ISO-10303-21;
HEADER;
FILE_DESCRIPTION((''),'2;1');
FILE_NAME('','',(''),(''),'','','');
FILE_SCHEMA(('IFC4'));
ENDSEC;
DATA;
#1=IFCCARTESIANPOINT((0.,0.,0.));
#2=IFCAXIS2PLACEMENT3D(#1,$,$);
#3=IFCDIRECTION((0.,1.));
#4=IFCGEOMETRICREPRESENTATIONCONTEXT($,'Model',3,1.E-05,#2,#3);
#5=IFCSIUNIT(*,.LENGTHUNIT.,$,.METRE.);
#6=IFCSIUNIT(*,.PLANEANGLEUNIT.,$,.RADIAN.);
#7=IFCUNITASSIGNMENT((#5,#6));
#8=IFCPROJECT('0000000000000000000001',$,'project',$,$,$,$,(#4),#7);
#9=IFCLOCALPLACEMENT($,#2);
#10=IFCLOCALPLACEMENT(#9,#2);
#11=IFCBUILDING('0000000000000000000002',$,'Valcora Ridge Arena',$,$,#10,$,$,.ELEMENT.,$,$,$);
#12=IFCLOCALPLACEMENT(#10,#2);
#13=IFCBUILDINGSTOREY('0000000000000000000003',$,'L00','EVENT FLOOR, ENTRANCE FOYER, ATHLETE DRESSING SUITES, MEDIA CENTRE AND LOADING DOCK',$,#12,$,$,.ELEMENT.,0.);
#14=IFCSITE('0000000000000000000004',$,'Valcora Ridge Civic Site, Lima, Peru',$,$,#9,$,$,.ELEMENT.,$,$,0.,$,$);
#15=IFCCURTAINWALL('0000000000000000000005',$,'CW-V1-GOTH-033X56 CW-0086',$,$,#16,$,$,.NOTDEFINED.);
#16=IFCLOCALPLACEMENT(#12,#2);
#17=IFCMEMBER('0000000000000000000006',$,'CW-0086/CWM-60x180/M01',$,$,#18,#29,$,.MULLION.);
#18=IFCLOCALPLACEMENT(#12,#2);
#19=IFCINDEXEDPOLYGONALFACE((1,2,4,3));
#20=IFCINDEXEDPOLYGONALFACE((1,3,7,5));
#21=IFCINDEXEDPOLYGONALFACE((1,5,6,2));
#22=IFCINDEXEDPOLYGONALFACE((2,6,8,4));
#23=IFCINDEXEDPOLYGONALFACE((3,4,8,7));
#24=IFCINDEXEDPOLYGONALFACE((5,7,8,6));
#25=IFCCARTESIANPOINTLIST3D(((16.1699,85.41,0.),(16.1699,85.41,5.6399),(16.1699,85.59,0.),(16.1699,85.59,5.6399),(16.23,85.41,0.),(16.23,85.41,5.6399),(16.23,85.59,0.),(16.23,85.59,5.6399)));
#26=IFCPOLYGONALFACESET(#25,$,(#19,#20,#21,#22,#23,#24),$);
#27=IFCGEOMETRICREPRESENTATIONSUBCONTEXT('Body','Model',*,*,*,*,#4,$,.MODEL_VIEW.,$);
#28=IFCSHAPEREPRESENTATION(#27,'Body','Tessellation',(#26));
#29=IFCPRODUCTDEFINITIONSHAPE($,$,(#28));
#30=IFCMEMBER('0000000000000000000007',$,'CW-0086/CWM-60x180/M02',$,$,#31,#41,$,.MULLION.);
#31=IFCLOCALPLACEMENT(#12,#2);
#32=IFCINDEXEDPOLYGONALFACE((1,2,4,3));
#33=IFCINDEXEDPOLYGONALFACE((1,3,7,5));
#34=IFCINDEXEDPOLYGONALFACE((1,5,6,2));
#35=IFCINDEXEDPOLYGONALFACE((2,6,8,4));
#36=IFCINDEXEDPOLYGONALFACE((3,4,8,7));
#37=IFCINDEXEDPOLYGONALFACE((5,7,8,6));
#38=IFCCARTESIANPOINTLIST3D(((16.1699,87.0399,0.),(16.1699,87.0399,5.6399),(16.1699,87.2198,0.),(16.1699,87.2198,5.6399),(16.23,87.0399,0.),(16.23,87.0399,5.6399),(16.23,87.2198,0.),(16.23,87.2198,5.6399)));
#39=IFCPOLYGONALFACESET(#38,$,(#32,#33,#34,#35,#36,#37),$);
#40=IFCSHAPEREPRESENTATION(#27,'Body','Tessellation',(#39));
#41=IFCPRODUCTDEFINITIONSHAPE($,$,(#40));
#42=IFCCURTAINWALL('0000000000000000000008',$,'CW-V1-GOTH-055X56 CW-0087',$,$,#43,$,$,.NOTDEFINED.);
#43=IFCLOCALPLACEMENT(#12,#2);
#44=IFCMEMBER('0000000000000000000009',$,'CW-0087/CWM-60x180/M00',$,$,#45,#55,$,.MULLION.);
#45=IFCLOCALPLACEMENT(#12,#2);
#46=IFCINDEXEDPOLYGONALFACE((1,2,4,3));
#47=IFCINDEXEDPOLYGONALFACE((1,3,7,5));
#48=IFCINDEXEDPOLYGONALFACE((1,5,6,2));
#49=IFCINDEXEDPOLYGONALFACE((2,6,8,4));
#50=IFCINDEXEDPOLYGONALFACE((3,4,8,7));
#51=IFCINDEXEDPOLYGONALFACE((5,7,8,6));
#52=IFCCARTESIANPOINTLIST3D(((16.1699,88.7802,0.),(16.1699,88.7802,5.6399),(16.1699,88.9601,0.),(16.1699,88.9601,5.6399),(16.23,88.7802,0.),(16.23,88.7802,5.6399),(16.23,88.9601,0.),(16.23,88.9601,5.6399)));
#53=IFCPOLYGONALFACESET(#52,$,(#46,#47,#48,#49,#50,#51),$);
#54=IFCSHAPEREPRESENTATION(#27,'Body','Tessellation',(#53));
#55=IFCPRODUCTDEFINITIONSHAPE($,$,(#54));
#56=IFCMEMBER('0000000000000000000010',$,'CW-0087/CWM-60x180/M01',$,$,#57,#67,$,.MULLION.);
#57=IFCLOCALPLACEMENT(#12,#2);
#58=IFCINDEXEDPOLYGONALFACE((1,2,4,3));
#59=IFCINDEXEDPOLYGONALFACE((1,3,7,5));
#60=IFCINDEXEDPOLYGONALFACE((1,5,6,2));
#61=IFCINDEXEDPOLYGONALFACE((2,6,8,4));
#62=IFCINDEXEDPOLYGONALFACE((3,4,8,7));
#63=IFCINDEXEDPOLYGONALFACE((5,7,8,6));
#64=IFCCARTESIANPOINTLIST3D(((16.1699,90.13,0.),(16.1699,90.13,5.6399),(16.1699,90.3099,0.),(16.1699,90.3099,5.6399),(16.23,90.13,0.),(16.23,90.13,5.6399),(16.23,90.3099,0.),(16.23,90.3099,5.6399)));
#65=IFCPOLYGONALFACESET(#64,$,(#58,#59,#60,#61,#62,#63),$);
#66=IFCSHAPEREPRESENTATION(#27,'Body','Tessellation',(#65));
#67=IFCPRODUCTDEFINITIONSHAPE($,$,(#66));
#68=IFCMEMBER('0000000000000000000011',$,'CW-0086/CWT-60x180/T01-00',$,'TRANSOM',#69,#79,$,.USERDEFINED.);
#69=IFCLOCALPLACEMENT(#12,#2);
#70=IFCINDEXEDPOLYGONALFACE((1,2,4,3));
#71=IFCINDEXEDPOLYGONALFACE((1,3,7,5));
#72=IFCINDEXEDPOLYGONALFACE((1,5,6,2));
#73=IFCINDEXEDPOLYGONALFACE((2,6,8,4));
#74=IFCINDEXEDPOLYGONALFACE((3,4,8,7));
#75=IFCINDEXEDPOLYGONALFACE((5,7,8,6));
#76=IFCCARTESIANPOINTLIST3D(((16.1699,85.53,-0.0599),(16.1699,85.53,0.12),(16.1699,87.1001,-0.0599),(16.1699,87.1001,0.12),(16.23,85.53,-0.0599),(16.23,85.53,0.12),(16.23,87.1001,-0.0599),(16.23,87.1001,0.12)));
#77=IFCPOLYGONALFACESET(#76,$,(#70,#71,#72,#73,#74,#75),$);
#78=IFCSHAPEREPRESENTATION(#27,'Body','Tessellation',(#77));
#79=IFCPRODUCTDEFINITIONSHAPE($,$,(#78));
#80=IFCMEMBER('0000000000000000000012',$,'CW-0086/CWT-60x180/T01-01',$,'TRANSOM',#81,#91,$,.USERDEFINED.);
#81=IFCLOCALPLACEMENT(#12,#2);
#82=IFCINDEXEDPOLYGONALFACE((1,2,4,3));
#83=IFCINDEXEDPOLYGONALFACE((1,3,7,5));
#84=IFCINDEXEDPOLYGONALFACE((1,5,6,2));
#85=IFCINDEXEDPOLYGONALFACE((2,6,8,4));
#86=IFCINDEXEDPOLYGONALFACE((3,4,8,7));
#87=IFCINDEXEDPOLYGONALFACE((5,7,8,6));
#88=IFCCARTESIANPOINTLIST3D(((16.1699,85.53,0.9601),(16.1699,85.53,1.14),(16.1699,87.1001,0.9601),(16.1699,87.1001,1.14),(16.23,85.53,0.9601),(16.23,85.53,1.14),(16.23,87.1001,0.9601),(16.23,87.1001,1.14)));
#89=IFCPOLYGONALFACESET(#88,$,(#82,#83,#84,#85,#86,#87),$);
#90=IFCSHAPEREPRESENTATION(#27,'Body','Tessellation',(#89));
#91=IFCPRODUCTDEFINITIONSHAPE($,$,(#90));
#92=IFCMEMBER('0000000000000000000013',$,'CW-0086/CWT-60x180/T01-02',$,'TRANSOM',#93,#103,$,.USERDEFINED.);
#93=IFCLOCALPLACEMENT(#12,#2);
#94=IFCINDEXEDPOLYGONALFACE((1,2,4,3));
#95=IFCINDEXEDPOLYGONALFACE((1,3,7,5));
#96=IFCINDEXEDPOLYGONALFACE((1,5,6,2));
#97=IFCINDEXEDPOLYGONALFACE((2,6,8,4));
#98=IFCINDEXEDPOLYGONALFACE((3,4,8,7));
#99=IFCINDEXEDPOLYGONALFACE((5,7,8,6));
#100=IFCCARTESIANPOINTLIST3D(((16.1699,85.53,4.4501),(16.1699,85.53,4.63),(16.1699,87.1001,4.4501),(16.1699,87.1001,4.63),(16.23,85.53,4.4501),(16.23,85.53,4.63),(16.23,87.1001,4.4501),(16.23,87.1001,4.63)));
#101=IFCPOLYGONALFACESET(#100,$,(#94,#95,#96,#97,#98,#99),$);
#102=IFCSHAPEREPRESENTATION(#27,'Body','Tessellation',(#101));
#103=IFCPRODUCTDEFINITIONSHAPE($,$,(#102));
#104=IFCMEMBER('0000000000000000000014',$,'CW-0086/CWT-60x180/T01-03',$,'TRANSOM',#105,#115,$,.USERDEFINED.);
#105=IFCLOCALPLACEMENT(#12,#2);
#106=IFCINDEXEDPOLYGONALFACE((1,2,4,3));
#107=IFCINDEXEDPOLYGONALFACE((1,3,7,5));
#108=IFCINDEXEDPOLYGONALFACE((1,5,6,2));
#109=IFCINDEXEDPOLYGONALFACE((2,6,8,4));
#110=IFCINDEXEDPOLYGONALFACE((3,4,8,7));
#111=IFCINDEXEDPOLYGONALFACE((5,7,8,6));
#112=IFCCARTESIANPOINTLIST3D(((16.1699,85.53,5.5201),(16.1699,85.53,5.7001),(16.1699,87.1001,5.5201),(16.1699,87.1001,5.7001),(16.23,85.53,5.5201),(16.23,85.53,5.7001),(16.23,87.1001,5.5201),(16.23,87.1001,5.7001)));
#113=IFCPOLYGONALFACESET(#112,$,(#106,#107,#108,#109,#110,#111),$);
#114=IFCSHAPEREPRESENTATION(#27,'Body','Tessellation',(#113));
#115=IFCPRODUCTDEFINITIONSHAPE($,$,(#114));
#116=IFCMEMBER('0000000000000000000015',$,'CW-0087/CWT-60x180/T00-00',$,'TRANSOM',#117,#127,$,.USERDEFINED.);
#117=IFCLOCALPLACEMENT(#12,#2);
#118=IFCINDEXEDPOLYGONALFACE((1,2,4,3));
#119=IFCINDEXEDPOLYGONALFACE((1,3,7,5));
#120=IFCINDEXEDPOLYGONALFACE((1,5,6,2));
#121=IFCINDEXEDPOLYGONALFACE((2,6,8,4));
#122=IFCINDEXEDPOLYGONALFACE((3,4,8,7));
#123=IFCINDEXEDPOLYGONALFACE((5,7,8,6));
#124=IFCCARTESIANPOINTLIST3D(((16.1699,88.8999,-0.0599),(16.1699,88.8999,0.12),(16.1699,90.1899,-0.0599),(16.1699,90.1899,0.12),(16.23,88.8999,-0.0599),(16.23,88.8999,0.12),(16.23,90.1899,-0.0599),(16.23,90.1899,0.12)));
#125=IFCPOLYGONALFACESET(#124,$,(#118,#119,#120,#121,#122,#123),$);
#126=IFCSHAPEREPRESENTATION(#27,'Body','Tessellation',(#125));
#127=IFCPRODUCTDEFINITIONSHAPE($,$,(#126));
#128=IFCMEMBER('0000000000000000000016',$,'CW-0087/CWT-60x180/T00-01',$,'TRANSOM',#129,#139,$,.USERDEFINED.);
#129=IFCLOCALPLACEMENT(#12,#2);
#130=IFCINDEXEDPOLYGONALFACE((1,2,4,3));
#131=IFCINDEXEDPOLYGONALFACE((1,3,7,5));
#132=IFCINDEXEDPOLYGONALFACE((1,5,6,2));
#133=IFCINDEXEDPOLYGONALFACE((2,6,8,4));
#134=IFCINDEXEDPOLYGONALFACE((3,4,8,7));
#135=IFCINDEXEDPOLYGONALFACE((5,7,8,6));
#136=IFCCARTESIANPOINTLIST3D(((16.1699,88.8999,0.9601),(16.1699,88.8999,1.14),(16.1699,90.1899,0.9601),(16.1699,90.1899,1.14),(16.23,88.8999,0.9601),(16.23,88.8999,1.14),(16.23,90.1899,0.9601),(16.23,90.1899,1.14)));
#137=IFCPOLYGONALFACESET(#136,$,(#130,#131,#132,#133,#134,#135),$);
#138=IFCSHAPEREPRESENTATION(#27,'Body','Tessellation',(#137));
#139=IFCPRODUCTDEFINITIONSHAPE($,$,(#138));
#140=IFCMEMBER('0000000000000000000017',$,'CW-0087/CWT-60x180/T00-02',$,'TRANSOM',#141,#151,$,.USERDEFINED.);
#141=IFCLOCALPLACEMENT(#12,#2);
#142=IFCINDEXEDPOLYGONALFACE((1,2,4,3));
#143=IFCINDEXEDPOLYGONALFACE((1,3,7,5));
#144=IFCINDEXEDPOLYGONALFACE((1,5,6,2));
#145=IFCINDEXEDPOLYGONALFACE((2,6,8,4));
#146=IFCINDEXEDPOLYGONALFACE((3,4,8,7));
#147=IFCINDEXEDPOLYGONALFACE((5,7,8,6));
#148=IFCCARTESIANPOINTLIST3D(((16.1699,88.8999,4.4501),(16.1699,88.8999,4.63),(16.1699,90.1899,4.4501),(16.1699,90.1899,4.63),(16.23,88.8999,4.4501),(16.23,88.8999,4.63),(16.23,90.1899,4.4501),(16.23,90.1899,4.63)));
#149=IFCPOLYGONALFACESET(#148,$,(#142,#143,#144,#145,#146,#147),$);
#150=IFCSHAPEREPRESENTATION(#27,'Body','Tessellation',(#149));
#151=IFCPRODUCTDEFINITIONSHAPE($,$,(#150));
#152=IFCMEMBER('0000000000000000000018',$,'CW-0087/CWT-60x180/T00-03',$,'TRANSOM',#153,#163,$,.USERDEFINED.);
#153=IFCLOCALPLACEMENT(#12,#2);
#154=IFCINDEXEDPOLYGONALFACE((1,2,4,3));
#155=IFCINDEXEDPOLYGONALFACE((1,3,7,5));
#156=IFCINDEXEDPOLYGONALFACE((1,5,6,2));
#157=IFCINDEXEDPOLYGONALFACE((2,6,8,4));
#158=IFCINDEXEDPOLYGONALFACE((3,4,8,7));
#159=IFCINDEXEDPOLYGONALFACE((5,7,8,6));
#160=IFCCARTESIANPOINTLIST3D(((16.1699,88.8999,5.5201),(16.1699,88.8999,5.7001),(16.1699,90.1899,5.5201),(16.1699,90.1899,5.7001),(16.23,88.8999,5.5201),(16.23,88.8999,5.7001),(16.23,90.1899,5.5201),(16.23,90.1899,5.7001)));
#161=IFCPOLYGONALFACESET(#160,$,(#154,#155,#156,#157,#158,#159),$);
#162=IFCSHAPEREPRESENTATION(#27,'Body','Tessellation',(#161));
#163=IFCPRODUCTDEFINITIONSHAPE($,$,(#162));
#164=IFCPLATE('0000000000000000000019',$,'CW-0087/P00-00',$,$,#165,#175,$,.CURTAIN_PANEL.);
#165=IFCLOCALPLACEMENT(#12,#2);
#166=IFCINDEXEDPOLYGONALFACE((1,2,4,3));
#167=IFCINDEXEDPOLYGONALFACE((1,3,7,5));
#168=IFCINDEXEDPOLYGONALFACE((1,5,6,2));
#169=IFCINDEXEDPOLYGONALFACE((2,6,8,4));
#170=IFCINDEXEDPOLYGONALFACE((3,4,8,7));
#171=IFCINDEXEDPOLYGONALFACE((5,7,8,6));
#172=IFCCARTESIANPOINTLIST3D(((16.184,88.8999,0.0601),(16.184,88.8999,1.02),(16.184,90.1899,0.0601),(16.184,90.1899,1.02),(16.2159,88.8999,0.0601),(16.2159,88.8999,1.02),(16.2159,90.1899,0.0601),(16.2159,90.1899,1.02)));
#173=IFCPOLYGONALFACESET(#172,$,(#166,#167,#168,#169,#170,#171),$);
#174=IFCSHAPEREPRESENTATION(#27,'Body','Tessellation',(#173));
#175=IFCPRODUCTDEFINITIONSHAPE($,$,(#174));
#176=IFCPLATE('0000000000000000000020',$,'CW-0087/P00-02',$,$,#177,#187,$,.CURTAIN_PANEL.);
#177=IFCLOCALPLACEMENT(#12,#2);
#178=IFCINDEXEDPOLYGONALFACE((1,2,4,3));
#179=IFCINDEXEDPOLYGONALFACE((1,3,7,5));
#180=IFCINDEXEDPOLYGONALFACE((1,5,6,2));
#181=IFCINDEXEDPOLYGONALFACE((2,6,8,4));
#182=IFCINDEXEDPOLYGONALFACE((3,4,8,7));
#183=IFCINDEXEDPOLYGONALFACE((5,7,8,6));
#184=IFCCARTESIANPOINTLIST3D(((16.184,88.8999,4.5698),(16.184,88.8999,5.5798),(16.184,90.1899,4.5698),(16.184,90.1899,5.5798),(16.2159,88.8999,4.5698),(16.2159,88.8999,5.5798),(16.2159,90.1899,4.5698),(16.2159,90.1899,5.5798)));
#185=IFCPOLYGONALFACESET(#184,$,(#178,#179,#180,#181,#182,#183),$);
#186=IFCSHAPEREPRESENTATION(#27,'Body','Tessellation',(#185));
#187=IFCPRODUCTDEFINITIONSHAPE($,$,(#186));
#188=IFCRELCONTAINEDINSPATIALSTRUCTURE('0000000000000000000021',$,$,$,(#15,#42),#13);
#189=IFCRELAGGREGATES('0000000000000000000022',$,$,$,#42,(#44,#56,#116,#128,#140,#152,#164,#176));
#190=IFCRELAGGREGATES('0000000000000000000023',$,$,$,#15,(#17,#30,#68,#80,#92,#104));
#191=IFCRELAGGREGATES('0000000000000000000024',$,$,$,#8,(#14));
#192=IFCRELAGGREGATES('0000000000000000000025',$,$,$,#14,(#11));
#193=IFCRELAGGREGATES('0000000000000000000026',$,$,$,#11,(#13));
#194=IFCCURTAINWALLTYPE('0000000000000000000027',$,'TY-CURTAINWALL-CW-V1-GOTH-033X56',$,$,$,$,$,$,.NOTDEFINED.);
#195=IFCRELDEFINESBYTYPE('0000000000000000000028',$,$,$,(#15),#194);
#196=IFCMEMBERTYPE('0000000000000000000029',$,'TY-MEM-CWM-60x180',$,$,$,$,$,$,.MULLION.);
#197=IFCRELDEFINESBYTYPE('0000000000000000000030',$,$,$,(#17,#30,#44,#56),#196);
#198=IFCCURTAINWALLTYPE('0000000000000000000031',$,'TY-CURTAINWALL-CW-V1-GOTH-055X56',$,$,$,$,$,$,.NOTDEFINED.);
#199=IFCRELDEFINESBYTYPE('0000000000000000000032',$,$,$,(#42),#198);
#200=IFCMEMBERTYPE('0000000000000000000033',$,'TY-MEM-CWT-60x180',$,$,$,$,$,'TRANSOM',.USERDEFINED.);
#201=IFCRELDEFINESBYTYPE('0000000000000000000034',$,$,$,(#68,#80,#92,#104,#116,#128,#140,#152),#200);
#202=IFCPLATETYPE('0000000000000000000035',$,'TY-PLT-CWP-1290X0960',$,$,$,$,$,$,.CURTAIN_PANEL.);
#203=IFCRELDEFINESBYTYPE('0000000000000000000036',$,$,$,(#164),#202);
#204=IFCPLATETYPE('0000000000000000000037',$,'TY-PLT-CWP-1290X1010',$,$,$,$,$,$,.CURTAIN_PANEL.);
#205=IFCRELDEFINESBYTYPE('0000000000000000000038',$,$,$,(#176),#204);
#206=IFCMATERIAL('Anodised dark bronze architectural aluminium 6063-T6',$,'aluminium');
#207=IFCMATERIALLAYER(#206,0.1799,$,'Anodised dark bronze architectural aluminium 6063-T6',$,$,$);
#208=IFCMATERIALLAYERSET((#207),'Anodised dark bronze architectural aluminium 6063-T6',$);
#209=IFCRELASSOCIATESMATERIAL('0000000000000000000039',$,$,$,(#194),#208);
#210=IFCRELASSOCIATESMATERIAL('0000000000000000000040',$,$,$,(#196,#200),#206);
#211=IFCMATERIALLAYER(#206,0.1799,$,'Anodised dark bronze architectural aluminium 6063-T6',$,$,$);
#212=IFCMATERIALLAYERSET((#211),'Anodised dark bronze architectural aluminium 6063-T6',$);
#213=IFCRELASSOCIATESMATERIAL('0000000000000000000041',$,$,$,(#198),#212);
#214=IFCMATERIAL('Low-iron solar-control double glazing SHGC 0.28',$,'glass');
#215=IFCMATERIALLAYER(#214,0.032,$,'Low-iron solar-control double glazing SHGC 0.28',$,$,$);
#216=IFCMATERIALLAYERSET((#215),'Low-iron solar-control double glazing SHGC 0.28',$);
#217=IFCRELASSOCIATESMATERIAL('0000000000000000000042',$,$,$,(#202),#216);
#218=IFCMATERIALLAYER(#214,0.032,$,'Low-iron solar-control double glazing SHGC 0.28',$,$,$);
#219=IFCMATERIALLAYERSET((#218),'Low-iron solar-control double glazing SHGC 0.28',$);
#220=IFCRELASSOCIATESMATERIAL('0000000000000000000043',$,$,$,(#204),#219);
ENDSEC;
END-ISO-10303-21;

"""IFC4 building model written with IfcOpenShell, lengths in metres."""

from ifc_helpers import new_model, si_unit, direction, frame, origin, origin_2d, place, context, subcontext, project, spatial, rectangle, extrude, material, layer, layer_set, material_profile, profile_set, type_object, element, aggregate, save


model = new_model("IFC4")

# Units and contexts
model_context = context("Model", 3, precision=1e-05, world=origin(), true_north=direction((0.0, 1.0)))
body_context = subcontext(model_context, "Body", "Model", "MODEL_VIEW")
ifc_project = project(units=[si_unit("LENGTHUNIT", "METRE"), si_unit("PLANEANGLEUNIT", "RADIAN")], contexts=[model_context])

# Site, building, storey
site_placement = place(None, origin())
site = spatial("IfcSite", under=ifc_project, at=site_placement, Name="Valcora Ridge Civic Site, Lima, Peru", CompositionType="ELEMENT", RefElevation=0.0)
building_placement = place(site_placement, origin())
building = spatial("IfcBuilding", under=site, at=building_placement, Name="Valcora Ridge Arena", CompositionType="ELEMENT")
storey_placement = place(building_placement, origin())
storey = spatial("IfcBuildingStorey", under=building, at=storey_placement, Name="L00", Description="EVENT FLOOR, ENTRANCE FOYER, ATHLETE DRESSING SUITES, MEDIA CENTRE AND LOADING DOCK", CompositionType="ELEMENT", Elevation=0.0)

# Curtain walls, members
ifc_material_1 = material(Name="Anodised dark bronze architectural aluminium 6063-T6", Category="aluminium")
ifc_layer_1 = layer(ifc_material_1, 0.1799, Name="Anodised dark bronze architectural aluminium 6063-T6")
ifc_layer_set_1 = layer_set([ifc_layer_1], Name="Anodised dark bronze architectural aluminium 6063-T6")
curtain_wall_type_1 = type_object("IfcCurtainWallType", Name="TY-CURTAINWALL-CW-V1-GOTH-033X56", PredefinedType="NOTDEFINED", material=ifc_layer_set_1)
curtain_wall_1_placement = place(storey_placement, origin())
curtain_wall_1 = element("IfcCurtainWall", 1, at=curtain_wall_1_placement, inside=storey, type_object=curtain_wall_type_1, Name="CW-V1-GOTH-033X56 CW-0086", PredefinedType="NOTDEFINED")
ifc_material_profile_1 = material_profile(ifc_material_1, rectangle(XDim=0.0601, YDim=0.1799, at=origin_2d()), Name="ALU MULLION 60x180")
ifc_profile_set_1 = profile_set([ifc_material_profile_1], Name="Anodised dark bronze architectural aluminium 6063-T6")
member_type_1 = type_object("IfcMemberType", Name="TY-MEM-CWM-60x180", PredefinedType="MULLION", material=ifc_profile_set_1)
member_1_placement = place(storey_placement, frame((16.2, 85.5, 0.0), z_axis=(0.0, 0.0, 1.0), x_axis=(-1.0, 0.0, 0.0)))
member_1 = element("IfcMember", 2, at=member_1_placement, type_object=member_type_1, Name="CW-0086/CWM-60x180/M01", PredefinedType="MULLION", context=body_context, shape_type="SweptSolid", body=[
    extrude(rectangle(XDim=0.0601, YDim=0.1799, at=origin_2d()), origin(), (0.0, 0.0, 1.0), 5.6399),
])
member_2_placement = place(storey_placement, frame((16.2, 87.1299, 0.0), z_axis=(0.0, 0.0, 1.0), x_axis=(-1.0, 0.0, 0.0)))
member_2 = element("IfcMember", 3, at=member_2_placement, type_object=member_type_1, Name="CW-0086/CWM-60x180/M02", PredefinedType="MULLION", context=body_context, shape_type="SweptSolid", body=[
    extrude(rectangle(XDim=0.0601, YDim=0.1799, at=origin_2d()), origin(), (0.0, 0.0, 1.0), 5.6399),
])
ifc_layer_2 = layer(ifc_material_1, 0.1799, Name="Anodised dark bronze architectural aluminium 6063-T6")
ifc_layer_set_2 = layer_set([ifc_layer_2], Name="Anodised dark bronze architectural aluminium 6063-T6")
curtain_wall_type_2 = type_object("IfcCurtainWallType", Name="TY-CURTAINWALL-CW-V1-GOTH-055X56", PredefinedType="NOTDEFINED", material=ifc_layer_set_2)
curtain_wall_2_placement = place(storey_placement, origin())
curtain_wall_2 = element("IfcCurtainWall", 4, at=curtain_wall_2_placement, inside=storey, type_object=curtain_wall_type_2, Name="CW-V1-GOTH-055X56 CW-0087", PredefinedType="NOTDEFINED")
member_3_placement = place(storey_placement, frame((16.2, 88.8701, 0.0), z_axis=(0.0, 0.0, 1.0), x_axis=(-1.0, 0.0, 0.0)))
member_3 = element("IfcMember", 5, at=member_3_placement, type_object=member_type_1, Name="CW-0087/CWM-60x180/M00", PredefinedType="MULLION", context=body_context, shape_type="SweptSolid", body=[
    extrude(rectangle(XDim=0.0601, YDim=0.1799, at=origin_2d()), origin(), (0.0, 0.0, 1.0), 5.6399),
])
member_4_placement = place(storey_placement, frame((16.2, 90.22, 0.0), z_axis=(0.0, 0.0, 1.0), x_axis=(-1.0, 0.0, 0.0)))
member_4 = element("IfcMember", 6, at=member_4_placement, type_object=member_type_1, Name="CW-0087/CWM-60x180/M01", PredefinedType="MULLION", context=body_context, shape_type="SweptSolid", body=[
    extrude(rectangle(XDim=0.0601, YDim=0.1799, at=origin_2d()), origin(), (0.0, 0.0, 1.0), 5.6399),
])

# Members
ifc_material_profile_2 = material_profile(ifc_material_1, rectangle(XDim=0.0601, YDim=0.1799, at=origin_2d()), Name="ALU TRANSOM 60x180")
ifc_profile_set_2 = profile_set([ifc_material_profile_2], Name="Anodised dark bronze architectural aluminium 6063-T6")
member_type_2 = type_object("IfcMemberType", Name="TY-MEM-CWT-60x180", ElementType="TRANSOM", PredefinedType="USERDEFINED", material=ifc_profile_set_2)
member_5_placement = place(storey_placement, frame((16.2, 85.53, 0.03), z_axis=(0.0, 1.0, 0.0), x_axis=(-1.0, 0.0, 0.0)))
member_5 = element("IfcMember", 7, at=member_5_placement, type_object=member_type_2, Name="CW-0086/CWT-60x180/T01-00", ObjectType="TRANSOM", PredefinedType="USERDEFINED", context=body_context, shape_type="SweptSolid", body=[
    extrude(rectangle(XDim=0.0601, YDim=0.1799, at=origin_2d()), origin(), (0.0, 0.0, 1.0), 1.5701),
])
member_6_placement = place(storey_placement, frame((16.2, 85.53, 1.05), z_axis=(0.0, 1.0, 0.0), x_axis=(-1.0, 0.0, 0.0)))
member_6 = element("IfcMember", 8, at=member_6_placement, type_object=member_type_2, Name="CW-0086/CWT-60x180/T01-01", ObjectType="TRANSOM", PredefinedType="USERDEFINED", context=body_context, shape_type="SweptSolid", body=[
    extrude(rectangle(XDim=0.0601, YDim=0.1799, at=origin_2d()), origin(), (0.0, 0.0, 1.0), 1.5701),
])
member_7_placement = place(storey_placement, frame((16.2, 85.53, 4.54), z_axis=(0.0, 1.0, 0.0), x_axis=(-1.0, 0.0, 0.0)))
member_7 = element("IfcMember", 9, at=member_7_placement, type_object=member_type_2, Name="CW-0086/CWT-60x180/T01-02", ObjectType="TRANSOM", PredefinedType="USERDEFINED", context=body_context, shape_type="SweptSolid", body=[
    extrude(rectangle(XDim=0.0601, YDim=0.1799, at=origin_2d()), origin(), (0.0, 0.0, 1.0), 1.5701),
])
member_8_placement = place(storey_placement, frame((16.2, 85.53, 5.6101), z_axis=(0.0, 1.0, 0.0), x_axis=(-1.0, 0.0, 0.0)))
member_8 = element("IfcMember", 10, at=member_8_placement, type_object=member_type_2, Name="CW-0086/CWT-60x180/T01-03", ObjectType="TRANSOM", PredefinedType="USERDEFINED", context=body_context, shape_type="SweptSolid", body=[
    extrude(rectangle(XDim=0.0601, YDim=0.1799, at=origin_2d()), origin(), (0.0, 0.0, 1.0), 1.5701),
])
member_9_placement = place(storey_placement, frame((16.2, 88.8999, 0.03), z_axis=(0.0, 1.0, 0.0), x_axis=(-1.0, 0.0, 0.0)))
member_9 = element("IfcMember", 11, at=member_9_placement, type_object=member_type_2, Name="CW-0087/CWT-60x180/T00-00", ObjectType="TRANSOM", PredefinedType="USERDEFINED", context=body_context, shape_type="SweptSolid", body=[
    extrude(rectangle(XDim=0.0601, YDim=0.1799, at=origin_2d()), origin(), (0.0, 0.0, 1.0), 1.29),
])
member_10_placement = place(storey_placement, frame((16.2, 88.8999, 1.05), z_axis=(0.0, 1.0, 0.0), x_axis=(-1.0, 0.0, 0.0)))
member_10 = element("IfcMember", 12, at=member_10_placement, type_object=member_type_2, Name="CW-0087/CWT-60x180/T00-01", ObjectType="TRANSOM", PredefinedType="USERDEFINED", context=body_context, shape_type="SweptSolid", body=[
    extrude(rectangle(XDim=0.0601, YDim=0.1799, at=origin_2d()), origin(), (0.0, 0.0, 1.0), 1.29),
])
member_11_placement = place(storey_placement, frame((16.2, 88.8999, 4.54), z_axis=(0.0, 1.0, 0.0), x_axis=(-1.0, 0.0, 0.0)))
member_11 = element("IfcMember", 13, at=member_11_placement, type_object=member_type_2, Name="CW-0087/CWT-60x180/T00-02", ObjectType="TRANSOM", PredefinedType="USERDEFINED", context=body_context, shape_type="SweptSolid", body=[
    extrude(rectangle(XDim=0.0601, YDim=0.1799, at=origin_2d()), origin(), (0.0, 0.0, 1.0), 1.29),
])
member_12_placement = place(storey_placement, frame((16.2, 88.8999, 5.6101), z_axis=(0.0, 1.0, 0.0), x_axis=(-1.0, 0.0, 0.0)))
member_12 = element("IfcMember", 14, at=member_12_placement, type_object=member_type_2, Name="CW-0087/CWT-60x180/T00-03", ObjectType="TRANSOM", PredefinedType="USERDEFINED", context=body_context, shape_type="SweptSolid", body=[
    extrude(rectangle(XDim=0.0601, YDim=0.1799, at=origin_2d()), origin(), (0.0, 0.0, 1.0), 1.29),
])

# Plates
ifc_material_2 = material(Name="Low-iron solar-control double glazing SHGC 0.28", Category="glass")
ifc_layer_3 = layer(ifc_material_2, 0.032, Name="Low-iron solar-control double glazing SHGC 0.28")
ifc_layer_set_3 = layer_set([ifc_layer_3], Name="Low-iron solar-control double glazing SHGC 0.28")
plate_type_1 = type_object("IfcPlateType", Name="TY-PLT-CWP-1290X0960", PredefinedType="CURTAIN_PANEL", material=ifc_layer_set_3)
plate_1_placement = place(storey_placement, frame((16.2, 89.5449, 0.0601), z_axis=(0.0, 0.0, 1.0), x_axis=(0.0, 1.0, 0.0)))
plate_1 = element("IfcPlate", 15, at=plate_1_placement, type_object=plate_type_1, Name="CW-0087/P00-00", PredefinedType="CURTAIN_PANEL", context=body_context, shape_type="SweptSolid", body=[
    extrude(rectangle(XDim=1.29, YDim=0.032, at=origin_2d()), origin(), (0.0, 0.0, 1.0), 0.96),
])
ifc_layer_4 = layer(ifc_material_2, 0.032, Name="Low-iron solar-control double glazing SHGC 0.28")
ifc_layer_set_4 = layer_set([ifc_layer_4], Name="Low-iron solar-control double glazing SHGC 0.28")
plate_type_2 = type_object("IfcPlateType", Name="TY-PLT-CWP-1290X1010", PredefinedType="CURTAIN_PANEL", material=ifc_layer_set_4)
plate_2_placement = place(storey_placement, frame((16.2, 89.5449, 4.5698), z_axis=(0.0, 0.0, 1.0), x_axis=(0.0, 1.0, 0.0)))
plate_2 = element("IfcPlate", 16, at=plate_2_placement, type_object=plate_type_2, Name="CW-0087/P00-02", PredefinedType="CURTAIN_PANEL", context=body_context, shape_type="SweptSolid", body=[
    extrude(rectangle(XDim=1.29, YDim=0.032, at=origin_2d()), origin(), (0.0, 0.0, 1.0), 1.01),
])
aggregate(curtain_wall_2, [member_3, member_4, member_9, member_10, member_11, member_12, plate_1, plate_2])
aggregate(curtain_wall_1, [member_1, member_2, member_5, member_6, member_7, member_8])

save(model, "model.ifc")
